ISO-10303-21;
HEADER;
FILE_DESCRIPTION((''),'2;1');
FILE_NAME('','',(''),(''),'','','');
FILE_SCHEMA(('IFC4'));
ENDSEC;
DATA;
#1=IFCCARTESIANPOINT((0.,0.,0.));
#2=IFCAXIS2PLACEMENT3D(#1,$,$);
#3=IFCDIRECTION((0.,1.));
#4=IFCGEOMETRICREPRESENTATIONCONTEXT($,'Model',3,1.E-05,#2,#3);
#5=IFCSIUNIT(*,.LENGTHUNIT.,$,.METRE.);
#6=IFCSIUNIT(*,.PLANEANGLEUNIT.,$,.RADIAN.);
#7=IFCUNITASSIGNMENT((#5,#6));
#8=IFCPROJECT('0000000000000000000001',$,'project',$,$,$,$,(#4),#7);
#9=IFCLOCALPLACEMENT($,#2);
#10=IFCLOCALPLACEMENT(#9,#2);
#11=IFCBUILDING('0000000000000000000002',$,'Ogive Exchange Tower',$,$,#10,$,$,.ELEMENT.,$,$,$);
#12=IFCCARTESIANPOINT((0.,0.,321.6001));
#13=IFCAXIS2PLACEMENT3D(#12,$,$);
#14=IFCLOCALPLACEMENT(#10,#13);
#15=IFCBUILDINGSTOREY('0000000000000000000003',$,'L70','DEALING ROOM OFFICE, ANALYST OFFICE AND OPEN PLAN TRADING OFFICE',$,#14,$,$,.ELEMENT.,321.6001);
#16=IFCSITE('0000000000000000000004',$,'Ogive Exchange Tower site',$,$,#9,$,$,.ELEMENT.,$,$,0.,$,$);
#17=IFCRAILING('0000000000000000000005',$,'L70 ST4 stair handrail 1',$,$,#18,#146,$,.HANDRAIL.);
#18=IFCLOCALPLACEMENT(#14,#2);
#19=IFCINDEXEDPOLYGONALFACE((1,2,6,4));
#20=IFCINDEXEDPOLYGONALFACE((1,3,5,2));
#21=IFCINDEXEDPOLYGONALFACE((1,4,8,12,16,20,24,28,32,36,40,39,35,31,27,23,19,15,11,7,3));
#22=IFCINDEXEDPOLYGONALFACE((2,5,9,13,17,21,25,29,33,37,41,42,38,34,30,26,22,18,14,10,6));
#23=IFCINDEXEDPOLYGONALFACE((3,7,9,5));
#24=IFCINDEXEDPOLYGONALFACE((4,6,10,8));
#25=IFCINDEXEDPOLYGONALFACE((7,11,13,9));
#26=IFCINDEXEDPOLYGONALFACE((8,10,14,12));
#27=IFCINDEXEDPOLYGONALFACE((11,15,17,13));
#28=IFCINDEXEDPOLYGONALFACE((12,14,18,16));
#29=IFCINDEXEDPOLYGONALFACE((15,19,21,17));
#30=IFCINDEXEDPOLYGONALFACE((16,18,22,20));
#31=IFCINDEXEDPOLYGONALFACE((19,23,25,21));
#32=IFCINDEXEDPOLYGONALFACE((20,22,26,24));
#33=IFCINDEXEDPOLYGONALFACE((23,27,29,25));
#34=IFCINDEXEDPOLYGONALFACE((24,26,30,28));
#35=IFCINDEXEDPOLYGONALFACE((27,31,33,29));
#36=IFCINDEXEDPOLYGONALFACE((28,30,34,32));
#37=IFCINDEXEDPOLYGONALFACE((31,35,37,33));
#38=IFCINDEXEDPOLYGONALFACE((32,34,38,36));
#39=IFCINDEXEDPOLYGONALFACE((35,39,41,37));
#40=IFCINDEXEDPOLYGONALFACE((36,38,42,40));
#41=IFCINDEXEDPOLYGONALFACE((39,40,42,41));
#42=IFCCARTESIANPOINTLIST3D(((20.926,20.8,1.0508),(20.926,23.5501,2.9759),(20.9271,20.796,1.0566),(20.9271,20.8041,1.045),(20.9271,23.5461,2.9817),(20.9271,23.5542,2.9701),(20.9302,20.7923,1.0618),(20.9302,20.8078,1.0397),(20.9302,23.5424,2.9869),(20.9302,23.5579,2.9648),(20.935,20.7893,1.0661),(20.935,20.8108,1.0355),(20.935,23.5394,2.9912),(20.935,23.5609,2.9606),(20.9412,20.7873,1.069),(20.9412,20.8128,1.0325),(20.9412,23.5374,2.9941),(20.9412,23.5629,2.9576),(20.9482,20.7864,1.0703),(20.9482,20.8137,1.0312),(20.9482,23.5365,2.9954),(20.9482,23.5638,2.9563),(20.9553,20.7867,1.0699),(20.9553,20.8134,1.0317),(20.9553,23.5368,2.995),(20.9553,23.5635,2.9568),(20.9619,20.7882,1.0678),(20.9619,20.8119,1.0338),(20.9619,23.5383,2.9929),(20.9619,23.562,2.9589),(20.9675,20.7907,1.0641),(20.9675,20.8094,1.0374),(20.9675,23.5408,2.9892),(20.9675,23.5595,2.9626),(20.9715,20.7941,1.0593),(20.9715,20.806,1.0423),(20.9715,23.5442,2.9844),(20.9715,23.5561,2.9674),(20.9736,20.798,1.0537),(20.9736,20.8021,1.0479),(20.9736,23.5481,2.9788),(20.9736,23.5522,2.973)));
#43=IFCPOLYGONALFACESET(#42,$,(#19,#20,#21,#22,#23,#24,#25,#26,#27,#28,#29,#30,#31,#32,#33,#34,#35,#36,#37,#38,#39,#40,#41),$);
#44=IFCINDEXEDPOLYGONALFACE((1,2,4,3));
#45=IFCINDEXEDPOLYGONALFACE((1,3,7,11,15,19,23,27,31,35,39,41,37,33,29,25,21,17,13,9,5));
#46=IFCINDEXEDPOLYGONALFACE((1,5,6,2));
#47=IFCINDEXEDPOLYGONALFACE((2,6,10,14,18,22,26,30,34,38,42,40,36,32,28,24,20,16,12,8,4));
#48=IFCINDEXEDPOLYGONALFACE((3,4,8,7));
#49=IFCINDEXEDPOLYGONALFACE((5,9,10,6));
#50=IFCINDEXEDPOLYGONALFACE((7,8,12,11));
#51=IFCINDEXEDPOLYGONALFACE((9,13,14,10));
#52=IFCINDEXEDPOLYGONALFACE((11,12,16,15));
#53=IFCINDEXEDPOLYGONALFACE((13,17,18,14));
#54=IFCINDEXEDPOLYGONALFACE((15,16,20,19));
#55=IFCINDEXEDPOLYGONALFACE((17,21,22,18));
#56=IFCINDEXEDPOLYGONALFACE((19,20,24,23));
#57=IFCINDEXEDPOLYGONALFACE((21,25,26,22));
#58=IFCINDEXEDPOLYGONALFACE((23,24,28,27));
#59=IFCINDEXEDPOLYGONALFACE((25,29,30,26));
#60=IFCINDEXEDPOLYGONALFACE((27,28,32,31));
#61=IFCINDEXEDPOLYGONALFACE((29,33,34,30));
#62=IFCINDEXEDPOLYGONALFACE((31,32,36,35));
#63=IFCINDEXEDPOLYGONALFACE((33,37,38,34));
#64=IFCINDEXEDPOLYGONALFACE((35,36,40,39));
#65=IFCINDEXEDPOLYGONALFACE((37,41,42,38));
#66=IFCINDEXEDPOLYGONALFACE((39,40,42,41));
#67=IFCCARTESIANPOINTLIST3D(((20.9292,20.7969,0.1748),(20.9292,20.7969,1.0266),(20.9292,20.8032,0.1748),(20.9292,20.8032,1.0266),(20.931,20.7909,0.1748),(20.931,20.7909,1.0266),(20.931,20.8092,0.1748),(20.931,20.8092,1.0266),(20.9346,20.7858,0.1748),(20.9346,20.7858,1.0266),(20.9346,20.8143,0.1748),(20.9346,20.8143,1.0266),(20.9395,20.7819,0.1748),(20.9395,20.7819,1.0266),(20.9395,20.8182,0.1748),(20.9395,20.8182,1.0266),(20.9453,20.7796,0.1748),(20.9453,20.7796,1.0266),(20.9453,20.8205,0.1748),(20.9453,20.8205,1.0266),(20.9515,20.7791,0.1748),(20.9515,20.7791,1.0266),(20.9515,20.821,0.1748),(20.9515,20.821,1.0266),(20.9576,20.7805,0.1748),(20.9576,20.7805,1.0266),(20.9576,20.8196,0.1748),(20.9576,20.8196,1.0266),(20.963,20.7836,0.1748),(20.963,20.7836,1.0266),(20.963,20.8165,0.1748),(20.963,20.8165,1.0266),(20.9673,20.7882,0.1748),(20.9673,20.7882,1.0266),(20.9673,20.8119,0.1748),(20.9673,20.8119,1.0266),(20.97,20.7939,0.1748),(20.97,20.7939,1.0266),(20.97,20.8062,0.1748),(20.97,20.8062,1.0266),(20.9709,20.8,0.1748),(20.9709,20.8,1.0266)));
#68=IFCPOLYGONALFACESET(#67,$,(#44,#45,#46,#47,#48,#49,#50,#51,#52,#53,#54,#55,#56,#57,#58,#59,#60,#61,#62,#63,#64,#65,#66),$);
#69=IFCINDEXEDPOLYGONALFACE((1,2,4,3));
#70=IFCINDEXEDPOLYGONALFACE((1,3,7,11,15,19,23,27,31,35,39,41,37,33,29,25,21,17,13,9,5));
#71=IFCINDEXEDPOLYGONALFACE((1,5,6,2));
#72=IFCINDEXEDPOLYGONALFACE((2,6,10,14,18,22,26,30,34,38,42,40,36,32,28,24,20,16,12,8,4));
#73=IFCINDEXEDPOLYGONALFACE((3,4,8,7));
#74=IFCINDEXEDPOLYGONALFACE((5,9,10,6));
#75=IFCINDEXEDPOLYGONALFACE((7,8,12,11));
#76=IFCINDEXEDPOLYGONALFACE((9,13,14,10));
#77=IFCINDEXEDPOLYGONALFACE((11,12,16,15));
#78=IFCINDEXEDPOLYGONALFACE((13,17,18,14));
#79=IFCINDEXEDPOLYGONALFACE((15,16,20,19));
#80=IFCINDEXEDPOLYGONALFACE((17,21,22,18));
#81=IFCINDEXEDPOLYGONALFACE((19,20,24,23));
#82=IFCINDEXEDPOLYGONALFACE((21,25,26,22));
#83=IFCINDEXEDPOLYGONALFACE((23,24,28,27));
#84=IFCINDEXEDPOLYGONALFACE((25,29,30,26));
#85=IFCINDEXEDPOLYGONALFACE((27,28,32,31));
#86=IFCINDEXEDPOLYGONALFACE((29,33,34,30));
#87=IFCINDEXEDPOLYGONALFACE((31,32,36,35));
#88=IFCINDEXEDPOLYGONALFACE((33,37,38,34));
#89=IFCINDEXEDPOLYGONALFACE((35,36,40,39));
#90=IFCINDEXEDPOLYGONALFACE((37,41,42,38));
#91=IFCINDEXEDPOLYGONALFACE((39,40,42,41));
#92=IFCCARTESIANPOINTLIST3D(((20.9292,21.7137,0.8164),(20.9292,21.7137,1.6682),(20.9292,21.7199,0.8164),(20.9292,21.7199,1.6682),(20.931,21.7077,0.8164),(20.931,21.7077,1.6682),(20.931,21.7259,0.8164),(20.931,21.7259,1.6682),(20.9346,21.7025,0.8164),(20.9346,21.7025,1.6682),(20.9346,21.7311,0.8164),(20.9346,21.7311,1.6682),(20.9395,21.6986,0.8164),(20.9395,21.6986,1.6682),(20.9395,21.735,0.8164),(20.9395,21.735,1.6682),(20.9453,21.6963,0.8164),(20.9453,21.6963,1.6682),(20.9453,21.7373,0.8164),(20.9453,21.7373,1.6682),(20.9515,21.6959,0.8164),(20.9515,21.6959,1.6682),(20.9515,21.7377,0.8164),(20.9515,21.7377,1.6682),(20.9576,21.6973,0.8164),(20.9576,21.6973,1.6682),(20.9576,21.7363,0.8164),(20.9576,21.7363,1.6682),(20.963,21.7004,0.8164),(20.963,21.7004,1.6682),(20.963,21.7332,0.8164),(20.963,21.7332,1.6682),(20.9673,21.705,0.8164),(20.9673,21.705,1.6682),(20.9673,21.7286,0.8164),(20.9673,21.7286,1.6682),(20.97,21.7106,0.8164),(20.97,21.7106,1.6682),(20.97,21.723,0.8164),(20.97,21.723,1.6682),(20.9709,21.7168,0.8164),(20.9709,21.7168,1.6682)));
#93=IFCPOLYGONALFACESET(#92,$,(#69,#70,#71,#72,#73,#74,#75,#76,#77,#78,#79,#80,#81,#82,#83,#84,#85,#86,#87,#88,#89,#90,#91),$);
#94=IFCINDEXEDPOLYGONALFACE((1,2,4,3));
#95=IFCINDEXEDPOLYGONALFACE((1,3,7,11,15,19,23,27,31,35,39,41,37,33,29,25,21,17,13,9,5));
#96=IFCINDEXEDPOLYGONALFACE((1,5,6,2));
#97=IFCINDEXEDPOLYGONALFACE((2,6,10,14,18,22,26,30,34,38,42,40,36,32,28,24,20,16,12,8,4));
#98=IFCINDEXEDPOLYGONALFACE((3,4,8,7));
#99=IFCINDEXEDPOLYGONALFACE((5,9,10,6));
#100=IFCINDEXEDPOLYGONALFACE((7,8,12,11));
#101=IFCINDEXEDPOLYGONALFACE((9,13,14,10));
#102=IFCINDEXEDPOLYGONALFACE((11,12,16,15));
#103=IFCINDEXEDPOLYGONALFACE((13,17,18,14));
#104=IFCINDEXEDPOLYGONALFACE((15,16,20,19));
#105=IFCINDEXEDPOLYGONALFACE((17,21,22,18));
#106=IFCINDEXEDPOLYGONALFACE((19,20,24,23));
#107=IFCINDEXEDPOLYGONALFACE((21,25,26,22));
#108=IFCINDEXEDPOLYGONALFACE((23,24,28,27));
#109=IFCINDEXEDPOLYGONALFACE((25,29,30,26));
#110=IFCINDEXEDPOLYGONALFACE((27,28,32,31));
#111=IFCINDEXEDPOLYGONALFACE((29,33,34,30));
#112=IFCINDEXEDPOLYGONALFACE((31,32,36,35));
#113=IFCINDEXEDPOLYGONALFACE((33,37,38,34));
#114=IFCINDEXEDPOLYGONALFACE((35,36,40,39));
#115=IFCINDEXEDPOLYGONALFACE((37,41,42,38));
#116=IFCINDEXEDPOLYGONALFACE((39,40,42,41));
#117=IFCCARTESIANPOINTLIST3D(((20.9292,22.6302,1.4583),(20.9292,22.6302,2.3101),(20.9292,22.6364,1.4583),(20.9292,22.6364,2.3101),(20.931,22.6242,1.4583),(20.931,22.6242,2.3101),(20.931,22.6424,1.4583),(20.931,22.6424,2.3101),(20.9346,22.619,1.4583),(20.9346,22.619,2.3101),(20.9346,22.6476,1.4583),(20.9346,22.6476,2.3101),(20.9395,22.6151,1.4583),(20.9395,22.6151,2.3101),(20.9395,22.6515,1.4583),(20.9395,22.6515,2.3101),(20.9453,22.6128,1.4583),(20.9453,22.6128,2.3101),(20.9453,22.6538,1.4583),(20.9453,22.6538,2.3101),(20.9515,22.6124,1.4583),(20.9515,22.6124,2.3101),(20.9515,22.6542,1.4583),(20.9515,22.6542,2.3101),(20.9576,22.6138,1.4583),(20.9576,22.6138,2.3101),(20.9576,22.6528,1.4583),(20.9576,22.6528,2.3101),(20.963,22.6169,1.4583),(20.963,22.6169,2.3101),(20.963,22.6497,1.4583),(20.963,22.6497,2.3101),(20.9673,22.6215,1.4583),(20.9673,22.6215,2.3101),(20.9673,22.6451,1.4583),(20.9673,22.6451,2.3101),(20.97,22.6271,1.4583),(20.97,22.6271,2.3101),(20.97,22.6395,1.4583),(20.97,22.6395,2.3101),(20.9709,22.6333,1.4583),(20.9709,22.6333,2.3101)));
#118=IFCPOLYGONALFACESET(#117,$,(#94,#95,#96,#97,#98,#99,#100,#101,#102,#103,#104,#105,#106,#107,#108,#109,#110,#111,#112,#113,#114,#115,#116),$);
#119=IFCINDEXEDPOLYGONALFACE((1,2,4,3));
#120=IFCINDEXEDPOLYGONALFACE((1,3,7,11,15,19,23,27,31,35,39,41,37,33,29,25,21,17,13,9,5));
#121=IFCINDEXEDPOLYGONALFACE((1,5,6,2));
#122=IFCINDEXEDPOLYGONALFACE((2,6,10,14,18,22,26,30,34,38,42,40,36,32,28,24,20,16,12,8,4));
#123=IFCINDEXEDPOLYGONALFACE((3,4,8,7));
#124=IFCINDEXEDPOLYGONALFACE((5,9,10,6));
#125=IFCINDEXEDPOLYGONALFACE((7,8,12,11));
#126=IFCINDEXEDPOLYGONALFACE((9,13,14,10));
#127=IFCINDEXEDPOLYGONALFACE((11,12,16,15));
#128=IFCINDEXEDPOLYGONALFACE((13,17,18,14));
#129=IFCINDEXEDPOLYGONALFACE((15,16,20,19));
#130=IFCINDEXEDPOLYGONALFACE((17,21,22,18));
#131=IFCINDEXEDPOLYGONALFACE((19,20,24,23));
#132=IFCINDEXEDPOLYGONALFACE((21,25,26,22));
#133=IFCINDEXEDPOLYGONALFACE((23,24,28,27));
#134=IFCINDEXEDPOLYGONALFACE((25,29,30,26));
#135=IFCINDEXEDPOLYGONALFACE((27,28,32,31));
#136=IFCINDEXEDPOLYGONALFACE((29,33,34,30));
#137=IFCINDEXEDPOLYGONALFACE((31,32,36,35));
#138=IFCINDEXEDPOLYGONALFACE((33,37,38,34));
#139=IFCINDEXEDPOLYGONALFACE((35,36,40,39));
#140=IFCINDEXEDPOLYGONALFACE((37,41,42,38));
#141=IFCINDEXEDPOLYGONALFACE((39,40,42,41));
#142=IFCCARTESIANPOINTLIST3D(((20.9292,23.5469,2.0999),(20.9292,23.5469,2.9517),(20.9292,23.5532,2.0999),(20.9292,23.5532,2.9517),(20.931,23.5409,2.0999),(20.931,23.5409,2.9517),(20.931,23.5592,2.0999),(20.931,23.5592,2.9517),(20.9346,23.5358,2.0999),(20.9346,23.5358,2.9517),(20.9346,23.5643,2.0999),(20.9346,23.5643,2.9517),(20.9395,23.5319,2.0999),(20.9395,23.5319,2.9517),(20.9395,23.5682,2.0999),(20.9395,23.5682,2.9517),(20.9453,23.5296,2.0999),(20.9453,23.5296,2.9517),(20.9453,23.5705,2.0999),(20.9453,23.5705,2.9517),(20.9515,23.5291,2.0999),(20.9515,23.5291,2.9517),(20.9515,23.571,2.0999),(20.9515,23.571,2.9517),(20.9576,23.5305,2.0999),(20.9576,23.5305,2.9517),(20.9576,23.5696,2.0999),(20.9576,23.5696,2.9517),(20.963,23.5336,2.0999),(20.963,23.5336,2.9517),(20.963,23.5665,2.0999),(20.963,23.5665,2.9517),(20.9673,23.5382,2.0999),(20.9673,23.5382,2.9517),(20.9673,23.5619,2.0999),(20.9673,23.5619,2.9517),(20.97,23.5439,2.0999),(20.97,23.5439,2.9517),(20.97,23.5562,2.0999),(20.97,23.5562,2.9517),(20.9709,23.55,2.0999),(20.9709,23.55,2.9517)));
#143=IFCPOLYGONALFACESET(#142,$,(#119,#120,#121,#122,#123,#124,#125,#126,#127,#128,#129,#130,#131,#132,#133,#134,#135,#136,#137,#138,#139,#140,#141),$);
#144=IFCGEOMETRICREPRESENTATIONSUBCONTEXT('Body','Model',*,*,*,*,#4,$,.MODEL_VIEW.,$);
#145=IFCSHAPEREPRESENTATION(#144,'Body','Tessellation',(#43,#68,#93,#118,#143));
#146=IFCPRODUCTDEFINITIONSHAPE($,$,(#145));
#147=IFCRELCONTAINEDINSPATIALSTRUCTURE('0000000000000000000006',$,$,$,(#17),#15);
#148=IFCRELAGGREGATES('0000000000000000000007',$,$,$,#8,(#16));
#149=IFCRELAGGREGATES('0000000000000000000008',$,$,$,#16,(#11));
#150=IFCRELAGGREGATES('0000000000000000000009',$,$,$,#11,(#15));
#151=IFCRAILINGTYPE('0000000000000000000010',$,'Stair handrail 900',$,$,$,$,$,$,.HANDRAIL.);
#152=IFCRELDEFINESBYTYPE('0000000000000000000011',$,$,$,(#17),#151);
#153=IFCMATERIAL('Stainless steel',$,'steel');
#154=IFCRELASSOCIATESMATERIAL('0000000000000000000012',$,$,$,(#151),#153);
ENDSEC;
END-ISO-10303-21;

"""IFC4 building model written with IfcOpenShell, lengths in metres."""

from ifc_helpers import new_model, si_unit, direction, frame, origin, origin_2d, place, context, subcontext, project, spatial, circle, extrude, material, type_object, element, save


model = new_model("IFC4")

# Units and contexts
model_context = context("Model", 3, precision=1e-05, world=origin(), true_north=direction((0.0, 1.0)))
body_context = subcontext(model_context, "Body", "Model", "MODEL_VIEW")
ifc_project = project(units=[si_unit("LENGTHUNIT", "METRE"), si_unit("PLANEANGLEUNIT", "RADIAN")], contexts=[model_context])

# Site, building, storey
site_placement = place(None, origin())
site = spatial("IfcSite", under=ifc_project, at=site_placement, Name="Ogive Exchange Tower site", CompositionType="ELEMENT", RefElevation=0.0)
building_placement = place(site_placement, origin())
building = spatial("IfcBuilding", under=site, at=building_placement, Name="Ogive Exchange Tower", CompositionType="ELEMENT")
storey_placement = place(building_placement, frame((0.0, 0.0, 321.6001)))
storey = spatial("IfcBuildingStorey", under=building, at=storey_placement, Name="L70", Description="DEALING ROOM OFFICE, ANALYST OFFICE AND OPEN PLAN TRADING OFFICE", CompositionType="ELEMENT", Elevation=321.6001)

# Railing
ifc_material_1 = material(Name="Stainless steel", Category="steel")
railing_type = type_object("IfcRailingType", Name="Stair handrail 900", PredefinedType="HANDRAIL", material=ifc_material_1)
railing_1_placement = place(storey_placement, frame((20.95, 20.8, 0.1748)))
element("IfcRailing", 1, at=railing_1_placement, inside=storey, type_object=railing_type, Name="L70 ST4 stair handrail 1", PredefinedType="HANDRAIL", context=body_context, shape_type="SweptSolid", body=[
    extrude(circle(Radius=0.0239, at=origin_2d()), frame((0.0, 0.0, 0.876), z_axis=(0.0, 0.819225, 0.573472), x_axis=(-1.0, 0.0, 0.0)), (0.0, 0.0, 1.0), 3.3569),
    extrude(circle(Radius=0.021, at=origin_2d()), origin(), (0.0, 0.0, 1.0), 0.8518),
    extrude(circle(Radius=0.021, at=origin_2d()), frame((0.0, 0.9167, 0.6416)), (0.0, 0.0, 1.0), 0.8518),
    extrude(circle(Radius=0.021, at=origin_2d()), frame((0.0, 1.8333, 1.2834)), (0.0, 0.0, 1.0), 0.8518),
    extrude(circle(Radius=0.021, at=origin_2d()), frame((0.0, 2.75, 1.925)), (0.0, 0.0, 1.0), 0.8518),
])

save(model, "model.ifc")
